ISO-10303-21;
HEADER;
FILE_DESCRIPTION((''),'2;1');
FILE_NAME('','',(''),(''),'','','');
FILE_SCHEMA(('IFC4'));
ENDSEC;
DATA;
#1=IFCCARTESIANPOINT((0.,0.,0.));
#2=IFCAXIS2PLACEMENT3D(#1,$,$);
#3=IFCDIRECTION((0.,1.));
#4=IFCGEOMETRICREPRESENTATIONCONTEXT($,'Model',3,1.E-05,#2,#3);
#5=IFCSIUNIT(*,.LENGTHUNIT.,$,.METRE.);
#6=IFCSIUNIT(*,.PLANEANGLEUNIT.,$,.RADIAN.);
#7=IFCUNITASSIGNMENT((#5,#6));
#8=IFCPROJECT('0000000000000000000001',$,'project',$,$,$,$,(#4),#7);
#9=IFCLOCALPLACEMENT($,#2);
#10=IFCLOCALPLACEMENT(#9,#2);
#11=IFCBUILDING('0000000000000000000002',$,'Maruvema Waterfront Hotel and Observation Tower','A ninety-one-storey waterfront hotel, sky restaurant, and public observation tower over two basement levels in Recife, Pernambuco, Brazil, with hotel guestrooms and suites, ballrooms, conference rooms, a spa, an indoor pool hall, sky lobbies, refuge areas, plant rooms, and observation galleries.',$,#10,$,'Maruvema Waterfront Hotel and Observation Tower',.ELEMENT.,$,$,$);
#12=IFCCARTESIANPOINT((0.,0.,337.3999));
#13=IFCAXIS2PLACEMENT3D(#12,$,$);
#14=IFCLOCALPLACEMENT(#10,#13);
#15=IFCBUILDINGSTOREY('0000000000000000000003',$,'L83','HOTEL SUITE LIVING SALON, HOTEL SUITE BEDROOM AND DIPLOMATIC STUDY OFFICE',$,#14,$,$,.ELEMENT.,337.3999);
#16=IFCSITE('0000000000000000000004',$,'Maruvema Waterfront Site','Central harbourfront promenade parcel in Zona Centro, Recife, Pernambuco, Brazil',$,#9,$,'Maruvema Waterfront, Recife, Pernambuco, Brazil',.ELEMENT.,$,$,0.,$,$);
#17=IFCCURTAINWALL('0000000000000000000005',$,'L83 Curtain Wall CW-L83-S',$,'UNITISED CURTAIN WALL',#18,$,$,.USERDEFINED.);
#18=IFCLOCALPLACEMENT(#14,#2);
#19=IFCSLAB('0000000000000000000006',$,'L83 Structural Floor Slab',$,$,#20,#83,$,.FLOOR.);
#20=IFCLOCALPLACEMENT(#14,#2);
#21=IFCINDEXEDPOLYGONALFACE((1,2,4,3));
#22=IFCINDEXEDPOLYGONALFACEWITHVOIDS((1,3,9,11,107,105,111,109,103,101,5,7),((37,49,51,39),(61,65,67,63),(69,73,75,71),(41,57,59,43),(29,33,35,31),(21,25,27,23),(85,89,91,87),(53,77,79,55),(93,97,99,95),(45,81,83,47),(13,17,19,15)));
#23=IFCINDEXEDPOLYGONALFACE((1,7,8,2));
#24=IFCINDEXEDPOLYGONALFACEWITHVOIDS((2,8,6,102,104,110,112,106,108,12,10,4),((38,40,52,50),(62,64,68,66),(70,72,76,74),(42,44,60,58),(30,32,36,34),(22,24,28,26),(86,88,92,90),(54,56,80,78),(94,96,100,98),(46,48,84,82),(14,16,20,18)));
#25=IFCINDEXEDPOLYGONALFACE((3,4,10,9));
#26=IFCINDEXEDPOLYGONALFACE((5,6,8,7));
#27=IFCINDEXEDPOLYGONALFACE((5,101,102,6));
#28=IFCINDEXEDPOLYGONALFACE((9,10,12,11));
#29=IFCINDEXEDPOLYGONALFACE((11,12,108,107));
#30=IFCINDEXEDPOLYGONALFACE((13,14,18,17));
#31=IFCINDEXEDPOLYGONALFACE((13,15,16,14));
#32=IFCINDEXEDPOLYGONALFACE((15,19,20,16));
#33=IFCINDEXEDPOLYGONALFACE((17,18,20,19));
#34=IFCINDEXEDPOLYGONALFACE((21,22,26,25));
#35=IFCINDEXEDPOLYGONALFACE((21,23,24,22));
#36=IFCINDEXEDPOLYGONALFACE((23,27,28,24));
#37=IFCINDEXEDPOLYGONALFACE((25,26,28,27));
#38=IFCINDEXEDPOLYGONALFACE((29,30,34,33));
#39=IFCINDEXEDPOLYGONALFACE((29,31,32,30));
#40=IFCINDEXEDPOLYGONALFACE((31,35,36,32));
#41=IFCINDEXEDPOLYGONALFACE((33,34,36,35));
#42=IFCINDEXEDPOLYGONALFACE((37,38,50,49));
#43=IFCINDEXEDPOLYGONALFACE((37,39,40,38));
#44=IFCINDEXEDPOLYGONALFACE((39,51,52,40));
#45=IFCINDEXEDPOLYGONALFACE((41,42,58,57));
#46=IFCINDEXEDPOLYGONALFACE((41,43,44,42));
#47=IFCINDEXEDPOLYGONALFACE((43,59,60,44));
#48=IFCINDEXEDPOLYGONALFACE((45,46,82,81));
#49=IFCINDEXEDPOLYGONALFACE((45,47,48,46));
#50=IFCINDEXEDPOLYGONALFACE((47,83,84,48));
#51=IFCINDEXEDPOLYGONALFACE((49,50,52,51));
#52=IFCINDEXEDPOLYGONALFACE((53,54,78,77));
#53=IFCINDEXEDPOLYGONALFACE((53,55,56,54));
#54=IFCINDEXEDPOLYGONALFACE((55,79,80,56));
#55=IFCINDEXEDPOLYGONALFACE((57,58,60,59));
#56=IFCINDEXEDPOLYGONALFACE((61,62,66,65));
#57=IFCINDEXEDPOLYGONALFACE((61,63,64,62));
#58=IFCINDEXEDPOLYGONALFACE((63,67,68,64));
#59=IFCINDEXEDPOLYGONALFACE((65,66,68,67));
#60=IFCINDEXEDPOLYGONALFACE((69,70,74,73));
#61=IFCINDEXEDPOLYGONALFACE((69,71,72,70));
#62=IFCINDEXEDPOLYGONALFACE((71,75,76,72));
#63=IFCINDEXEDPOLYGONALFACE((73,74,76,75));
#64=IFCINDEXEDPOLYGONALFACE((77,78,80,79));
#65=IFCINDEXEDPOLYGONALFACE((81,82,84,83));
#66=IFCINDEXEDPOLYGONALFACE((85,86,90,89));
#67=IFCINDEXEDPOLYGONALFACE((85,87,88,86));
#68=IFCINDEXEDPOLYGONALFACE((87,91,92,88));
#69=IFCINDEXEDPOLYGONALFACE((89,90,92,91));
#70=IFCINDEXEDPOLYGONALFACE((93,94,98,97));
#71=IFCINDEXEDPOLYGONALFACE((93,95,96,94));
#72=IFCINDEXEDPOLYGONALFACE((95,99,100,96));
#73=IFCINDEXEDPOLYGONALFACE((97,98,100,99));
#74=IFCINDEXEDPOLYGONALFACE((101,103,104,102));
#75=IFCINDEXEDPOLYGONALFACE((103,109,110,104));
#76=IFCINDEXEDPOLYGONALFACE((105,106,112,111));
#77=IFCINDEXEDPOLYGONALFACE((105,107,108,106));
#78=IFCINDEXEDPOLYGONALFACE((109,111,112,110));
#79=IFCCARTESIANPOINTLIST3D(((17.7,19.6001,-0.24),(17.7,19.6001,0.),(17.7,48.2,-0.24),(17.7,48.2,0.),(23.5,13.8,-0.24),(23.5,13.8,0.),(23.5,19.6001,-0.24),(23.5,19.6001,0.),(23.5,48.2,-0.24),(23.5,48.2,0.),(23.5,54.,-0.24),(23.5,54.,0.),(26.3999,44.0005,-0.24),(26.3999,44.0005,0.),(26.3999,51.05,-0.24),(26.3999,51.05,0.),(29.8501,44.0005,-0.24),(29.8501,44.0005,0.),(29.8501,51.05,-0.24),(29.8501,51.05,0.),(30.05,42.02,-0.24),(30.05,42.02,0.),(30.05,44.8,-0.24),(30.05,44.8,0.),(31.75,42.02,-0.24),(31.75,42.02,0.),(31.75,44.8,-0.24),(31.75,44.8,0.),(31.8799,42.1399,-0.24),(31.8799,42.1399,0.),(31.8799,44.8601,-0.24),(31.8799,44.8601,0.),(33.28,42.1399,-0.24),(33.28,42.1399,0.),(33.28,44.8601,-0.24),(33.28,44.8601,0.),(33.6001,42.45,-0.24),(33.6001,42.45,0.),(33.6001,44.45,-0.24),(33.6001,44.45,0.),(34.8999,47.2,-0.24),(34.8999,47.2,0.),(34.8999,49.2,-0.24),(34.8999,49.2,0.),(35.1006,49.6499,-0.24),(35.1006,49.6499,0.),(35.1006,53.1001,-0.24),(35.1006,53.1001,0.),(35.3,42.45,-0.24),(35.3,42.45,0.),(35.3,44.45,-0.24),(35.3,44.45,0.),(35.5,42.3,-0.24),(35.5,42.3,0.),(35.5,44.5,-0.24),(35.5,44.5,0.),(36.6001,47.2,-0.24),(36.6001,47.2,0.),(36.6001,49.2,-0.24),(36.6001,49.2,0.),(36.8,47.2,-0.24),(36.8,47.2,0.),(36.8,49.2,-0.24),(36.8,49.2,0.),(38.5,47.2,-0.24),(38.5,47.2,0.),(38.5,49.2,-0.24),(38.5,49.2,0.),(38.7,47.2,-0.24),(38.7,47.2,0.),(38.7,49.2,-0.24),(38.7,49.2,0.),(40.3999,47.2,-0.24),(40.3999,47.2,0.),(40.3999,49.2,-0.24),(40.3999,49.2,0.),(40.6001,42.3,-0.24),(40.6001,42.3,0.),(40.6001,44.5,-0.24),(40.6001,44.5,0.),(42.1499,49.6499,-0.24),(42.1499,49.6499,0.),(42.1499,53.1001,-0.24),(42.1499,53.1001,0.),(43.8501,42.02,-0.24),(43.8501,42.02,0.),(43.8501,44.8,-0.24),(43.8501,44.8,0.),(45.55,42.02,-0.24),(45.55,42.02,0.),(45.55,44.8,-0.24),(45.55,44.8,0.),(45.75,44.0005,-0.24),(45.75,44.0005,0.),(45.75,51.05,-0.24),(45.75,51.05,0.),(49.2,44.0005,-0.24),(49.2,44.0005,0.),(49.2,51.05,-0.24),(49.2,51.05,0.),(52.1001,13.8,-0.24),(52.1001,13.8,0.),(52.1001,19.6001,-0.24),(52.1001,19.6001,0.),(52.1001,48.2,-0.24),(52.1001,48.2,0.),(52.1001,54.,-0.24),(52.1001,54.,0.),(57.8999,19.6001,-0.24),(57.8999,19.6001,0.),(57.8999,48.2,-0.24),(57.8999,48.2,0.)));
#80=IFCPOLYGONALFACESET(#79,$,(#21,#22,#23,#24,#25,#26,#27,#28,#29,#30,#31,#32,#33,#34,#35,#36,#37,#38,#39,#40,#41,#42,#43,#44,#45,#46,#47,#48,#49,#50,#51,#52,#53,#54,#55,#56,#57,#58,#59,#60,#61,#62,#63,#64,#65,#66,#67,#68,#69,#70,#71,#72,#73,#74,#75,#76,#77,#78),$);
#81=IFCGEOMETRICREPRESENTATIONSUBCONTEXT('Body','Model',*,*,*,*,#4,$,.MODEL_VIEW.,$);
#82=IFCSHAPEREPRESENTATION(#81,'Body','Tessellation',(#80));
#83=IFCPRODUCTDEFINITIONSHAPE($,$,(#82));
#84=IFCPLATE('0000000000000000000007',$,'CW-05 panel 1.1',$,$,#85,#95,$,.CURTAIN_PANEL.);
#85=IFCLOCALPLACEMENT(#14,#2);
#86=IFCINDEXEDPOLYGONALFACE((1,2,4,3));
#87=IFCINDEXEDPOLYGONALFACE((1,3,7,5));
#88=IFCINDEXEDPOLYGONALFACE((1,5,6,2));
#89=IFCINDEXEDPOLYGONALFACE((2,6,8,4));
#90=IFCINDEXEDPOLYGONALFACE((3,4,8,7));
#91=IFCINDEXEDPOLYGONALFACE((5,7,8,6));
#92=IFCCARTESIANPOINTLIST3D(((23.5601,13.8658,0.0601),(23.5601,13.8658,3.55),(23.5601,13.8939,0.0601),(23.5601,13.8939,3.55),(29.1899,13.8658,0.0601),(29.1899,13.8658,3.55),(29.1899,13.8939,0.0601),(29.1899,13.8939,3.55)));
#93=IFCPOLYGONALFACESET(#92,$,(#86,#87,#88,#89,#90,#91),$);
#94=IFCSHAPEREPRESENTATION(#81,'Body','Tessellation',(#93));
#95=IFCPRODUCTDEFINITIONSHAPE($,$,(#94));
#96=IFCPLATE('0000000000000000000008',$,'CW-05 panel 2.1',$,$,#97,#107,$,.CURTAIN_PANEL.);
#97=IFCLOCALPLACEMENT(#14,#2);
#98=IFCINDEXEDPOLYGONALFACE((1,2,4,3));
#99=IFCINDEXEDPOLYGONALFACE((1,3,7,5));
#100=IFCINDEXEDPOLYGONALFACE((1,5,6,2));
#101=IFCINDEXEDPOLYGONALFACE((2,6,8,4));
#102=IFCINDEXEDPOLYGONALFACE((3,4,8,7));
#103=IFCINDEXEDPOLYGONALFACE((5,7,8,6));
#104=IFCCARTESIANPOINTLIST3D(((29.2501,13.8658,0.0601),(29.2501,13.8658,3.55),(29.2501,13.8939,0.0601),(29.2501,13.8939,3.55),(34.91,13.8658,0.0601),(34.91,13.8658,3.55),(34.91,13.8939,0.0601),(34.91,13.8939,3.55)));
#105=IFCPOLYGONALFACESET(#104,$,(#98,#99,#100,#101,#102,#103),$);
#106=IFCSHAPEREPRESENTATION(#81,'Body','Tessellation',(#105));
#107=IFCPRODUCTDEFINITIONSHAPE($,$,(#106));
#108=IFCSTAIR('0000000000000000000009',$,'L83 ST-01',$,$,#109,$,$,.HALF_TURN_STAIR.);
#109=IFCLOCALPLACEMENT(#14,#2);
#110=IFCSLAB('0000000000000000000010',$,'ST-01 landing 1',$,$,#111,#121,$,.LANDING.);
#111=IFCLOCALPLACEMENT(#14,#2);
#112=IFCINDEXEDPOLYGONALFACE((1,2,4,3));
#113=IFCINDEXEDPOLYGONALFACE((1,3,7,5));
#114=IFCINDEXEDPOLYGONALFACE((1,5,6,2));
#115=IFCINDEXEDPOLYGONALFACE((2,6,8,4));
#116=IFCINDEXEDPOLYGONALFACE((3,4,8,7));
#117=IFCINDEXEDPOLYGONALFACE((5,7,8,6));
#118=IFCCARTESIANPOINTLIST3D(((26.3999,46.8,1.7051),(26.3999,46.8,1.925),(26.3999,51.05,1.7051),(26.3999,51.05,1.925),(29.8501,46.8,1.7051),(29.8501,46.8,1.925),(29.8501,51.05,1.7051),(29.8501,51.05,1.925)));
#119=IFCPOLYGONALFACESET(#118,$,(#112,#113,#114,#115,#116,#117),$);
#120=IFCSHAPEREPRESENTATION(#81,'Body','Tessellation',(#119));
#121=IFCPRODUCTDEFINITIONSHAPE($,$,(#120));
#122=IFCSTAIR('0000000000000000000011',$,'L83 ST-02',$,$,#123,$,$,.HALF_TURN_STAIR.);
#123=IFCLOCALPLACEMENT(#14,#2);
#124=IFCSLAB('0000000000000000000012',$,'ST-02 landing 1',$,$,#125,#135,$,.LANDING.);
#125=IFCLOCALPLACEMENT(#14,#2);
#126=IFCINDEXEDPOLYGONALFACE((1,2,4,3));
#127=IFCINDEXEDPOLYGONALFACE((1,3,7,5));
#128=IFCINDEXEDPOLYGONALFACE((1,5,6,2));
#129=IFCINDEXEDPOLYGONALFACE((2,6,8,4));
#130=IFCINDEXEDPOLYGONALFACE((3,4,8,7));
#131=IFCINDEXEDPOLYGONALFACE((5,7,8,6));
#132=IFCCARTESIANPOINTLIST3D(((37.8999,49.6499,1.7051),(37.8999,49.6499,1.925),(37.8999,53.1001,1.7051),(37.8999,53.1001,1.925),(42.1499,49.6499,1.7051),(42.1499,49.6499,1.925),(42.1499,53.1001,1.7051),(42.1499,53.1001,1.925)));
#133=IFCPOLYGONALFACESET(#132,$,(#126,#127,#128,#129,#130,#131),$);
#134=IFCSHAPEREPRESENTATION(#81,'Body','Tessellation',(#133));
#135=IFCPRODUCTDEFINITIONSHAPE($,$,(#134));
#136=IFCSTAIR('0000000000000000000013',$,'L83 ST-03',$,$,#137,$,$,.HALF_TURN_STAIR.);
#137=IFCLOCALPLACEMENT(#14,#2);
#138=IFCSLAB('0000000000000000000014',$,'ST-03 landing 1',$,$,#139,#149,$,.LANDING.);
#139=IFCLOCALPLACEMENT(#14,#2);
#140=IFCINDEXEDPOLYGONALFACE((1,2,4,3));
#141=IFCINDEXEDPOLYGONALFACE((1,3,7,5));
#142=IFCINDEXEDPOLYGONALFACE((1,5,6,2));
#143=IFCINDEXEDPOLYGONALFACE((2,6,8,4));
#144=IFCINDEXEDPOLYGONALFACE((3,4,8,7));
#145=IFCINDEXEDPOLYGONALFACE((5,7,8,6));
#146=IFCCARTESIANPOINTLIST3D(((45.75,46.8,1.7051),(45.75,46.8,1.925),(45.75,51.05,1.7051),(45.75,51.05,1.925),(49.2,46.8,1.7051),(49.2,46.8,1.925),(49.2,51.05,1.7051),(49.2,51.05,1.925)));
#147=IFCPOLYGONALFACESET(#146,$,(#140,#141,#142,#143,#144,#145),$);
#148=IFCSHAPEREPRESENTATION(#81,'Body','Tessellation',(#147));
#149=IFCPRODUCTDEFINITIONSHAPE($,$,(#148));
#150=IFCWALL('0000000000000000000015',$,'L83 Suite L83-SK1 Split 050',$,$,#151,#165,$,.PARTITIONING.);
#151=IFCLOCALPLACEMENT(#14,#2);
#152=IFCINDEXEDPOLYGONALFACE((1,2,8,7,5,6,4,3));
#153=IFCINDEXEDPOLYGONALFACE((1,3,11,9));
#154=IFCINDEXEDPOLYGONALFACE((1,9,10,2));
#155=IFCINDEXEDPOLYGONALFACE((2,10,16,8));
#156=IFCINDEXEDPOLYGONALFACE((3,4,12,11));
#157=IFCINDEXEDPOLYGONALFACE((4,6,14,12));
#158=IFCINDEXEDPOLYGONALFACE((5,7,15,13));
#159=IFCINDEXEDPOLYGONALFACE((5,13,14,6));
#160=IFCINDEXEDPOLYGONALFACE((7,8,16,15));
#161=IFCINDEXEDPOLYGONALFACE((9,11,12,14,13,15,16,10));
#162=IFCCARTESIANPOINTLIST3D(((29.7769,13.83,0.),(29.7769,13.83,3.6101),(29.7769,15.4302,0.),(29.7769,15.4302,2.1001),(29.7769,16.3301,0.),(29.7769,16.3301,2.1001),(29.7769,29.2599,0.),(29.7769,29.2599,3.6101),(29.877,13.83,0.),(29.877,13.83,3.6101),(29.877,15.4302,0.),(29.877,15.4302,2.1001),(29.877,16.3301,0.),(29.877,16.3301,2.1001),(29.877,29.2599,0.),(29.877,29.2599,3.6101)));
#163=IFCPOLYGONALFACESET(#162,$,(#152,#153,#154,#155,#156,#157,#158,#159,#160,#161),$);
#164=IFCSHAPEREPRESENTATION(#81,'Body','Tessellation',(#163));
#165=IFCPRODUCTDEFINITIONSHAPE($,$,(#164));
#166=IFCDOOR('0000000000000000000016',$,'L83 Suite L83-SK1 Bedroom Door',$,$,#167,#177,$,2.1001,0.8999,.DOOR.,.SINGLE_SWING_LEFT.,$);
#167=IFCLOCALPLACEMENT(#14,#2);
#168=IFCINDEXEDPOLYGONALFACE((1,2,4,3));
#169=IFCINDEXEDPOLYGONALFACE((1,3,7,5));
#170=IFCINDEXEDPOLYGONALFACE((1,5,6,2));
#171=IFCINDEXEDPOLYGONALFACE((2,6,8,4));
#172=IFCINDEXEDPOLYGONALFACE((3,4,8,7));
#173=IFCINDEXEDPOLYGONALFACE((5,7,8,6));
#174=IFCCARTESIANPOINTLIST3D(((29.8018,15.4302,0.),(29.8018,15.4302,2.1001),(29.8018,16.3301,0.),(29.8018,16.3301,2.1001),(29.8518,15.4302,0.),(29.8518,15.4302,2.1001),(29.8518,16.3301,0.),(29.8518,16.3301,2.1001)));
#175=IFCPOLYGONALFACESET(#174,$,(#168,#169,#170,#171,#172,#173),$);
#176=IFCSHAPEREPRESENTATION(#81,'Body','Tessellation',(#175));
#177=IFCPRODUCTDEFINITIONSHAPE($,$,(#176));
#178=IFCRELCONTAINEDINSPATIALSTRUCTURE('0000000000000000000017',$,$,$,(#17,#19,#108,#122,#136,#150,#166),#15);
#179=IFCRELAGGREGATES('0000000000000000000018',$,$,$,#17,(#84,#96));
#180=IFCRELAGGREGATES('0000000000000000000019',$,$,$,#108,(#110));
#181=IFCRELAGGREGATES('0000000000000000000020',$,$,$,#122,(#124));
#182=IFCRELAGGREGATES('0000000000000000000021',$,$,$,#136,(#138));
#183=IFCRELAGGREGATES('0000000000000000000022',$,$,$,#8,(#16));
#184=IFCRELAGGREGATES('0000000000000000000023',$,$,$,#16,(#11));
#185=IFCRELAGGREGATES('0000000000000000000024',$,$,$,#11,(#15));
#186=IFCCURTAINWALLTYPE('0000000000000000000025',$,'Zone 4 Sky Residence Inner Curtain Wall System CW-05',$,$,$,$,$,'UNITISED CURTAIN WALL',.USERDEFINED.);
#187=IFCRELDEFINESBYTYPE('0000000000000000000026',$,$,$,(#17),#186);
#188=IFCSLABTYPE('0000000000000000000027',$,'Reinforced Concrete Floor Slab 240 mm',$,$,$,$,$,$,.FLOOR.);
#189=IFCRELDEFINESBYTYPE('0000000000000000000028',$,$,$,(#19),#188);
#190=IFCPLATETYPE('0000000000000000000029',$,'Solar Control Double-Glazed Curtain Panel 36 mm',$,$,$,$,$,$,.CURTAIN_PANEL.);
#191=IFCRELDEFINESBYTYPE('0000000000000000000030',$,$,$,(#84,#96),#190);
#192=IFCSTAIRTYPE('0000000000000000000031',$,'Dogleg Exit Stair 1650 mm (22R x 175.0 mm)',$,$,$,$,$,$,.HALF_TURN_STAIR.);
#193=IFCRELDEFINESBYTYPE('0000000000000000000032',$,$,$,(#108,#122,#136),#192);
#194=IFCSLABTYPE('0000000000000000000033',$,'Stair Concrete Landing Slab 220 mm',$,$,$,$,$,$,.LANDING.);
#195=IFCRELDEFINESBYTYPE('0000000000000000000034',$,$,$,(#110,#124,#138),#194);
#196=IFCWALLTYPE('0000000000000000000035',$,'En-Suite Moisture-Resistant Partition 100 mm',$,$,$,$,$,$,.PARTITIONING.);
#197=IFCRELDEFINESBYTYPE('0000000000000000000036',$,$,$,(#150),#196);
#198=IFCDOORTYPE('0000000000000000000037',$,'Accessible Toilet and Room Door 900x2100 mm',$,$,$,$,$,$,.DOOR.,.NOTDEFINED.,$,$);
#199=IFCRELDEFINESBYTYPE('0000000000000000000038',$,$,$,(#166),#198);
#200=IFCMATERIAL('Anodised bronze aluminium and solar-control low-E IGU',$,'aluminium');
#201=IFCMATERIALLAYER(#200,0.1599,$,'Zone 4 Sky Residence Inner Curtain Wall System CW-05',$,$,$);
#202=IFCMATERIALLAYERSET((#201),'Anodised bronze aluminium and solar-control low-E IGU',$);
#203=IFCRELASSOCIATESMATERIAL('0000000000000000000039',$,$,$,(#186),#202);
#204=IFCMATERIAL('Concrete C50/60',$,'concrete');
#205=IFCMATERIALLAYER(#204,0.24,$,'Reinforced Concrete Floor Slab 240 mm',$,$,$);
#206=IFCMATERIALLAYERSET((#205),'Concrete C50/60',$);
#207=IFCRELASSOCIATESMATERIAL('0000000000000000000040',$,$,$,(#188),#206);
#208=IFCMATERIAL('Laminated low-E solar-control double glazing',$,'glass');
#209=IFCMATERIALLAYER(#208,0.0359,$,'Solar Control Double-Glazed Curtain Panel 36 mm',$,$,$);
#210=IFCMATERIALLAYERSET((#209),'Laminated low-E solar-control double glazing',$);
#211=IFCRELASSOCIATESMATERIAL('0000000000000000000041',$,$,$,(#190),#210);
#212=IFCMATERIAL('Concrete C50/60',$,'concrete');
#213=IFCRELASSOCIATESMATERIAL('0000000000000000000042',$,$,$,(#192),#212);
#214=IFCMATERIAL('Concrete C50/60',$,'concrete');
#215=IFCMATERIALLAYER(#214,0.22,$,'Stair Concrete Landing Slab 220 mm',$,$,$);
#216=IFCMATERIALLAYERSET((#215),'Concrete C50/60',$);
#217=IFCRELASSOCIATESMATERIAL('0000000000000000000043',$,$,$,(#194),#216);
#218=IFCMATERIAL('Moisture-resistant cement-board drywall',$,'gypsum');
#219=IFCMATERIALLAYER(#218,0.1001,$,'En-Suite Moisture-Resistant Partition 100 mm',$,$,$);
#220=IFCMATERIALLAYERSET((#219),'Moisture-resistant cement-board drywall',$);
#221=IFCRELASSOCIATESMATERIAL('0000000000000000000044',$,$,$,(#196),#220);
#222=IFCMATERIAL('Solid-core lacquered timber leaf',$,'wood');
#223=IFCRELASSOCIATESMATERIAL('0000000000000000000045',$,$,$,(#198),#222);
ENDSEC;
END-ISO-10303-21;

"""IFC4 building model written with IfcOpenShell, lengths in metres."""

from ifc_helpers import new_model, si_unit, direction, frame, frame_2d, origin, origin_2d, place, context, subcontext, project, spatial, polyline, rectangle, outline, extrude, material, layer, layer_set, type_object, element, fill, aggregate, save


model = new_model("IFC4")

# Units and contexts
model_context = context("Model", 3, precision=1e-05, world=origin(), true_north=direction((0.0, 1.0)))
body_context = subcontext(model_context, "Body", "Model", "MODEL_VIEW")
ifc_project = project(units=[si_unit("LENGTHUNIT", "METRE"), si_unit("PLANEANGLEUNIT", "RADIAN")], contexts=[model_context])

# Site, building, storey
site_placement = place(None, origin())
site = spatial("IfcSite", under=ifc_project, at=site_placement, Name="Maruvema Waterfront Site", Description="Central harbourfront promenade parcel in Zona Centro, Recife, Pernambuco, Brazil", LongName="Maruvema Waterfront, Recife, Pernambuco, Brazil", CompositionType="ELEMENT", RefElevation=0.0)
building_placement = place(site_placement, origin())
building = spatial("IfcBuilding", under=site, at=building_placement, Name="Maruvema Waterfront Hotel and Observation Tower", Description="A ninety-one-storey waterfront hotel, sky restaurant, and public observation tower over two basement levels in Recife, Pernambuco, Brazil, with hotel guestrooms and suites, ballrooms, conference rooms, a spa, an indoor pool hall, sky lobbies, refuge areas, plant rooms, and observation galleries.", LongName="Maruvema Waterfront Hotel and Observation Tower", CompositionType="ELEMENT")
storey_placement = place(building_placement, frame((0.0, 0.0, 337.3999)))
storey = spatial("IfcBuildingStorey", under=building, at=storey_placement, Name="L83", Description="HOTEL SUITE LIVING SALON, HOTEL SUITE BEDROOM AND DIPLOMATIC STUDY OFFICE", CompositionType="ELEMENT", Elevation=337.3999)

# Curtain wall
ifc_material_1 = material(Name="Anodised bronze aluminium and solar-control low-E IGU", Category="aluminium")
ifc_layer_1 = layer(ifc_material_1, 0.1599, Name="Zone 4 Sky Residence Inner Curtain Wall System CW-05")
ifc_layer_set_1 = layer_set([ifc_layer_1], Name="Anodised bronze aluminium and solar-control low-E IGU")
curtain_wall_type = type_object("IfcCurtainWallType", Name="Zone 4 Sky Residence Inner Curtain Wall System CW-05", ElementType="UNITISED CURTAIN WALL", PredefinedType="USERDEFINED", material=ifc_layer_set_1)
curtain_wall_1_placement = place(storey_placement, origin())
curtain_wall_1 = element("IfcCurtainWall", 1, at=curtain_wall_1_placement, inside=storey, type_object=curtain_wall_type, Name="L83 Curtain Wall CW-L83-S", ObjectType="UNITISED CURTAIN WALL", PredefinedType="USERDEFINED")

# Slab
ifc_material_2 = material(Name="Concrete C50/60", Category="concrete")
ifc_layer_2 = layer(ifc_material_2, 0.24, Name="Reinforced Concrete Floor Slab 240 mm")
ifc_layer_set_2 = layer_set([ifc_layer_2], Name="Concrete C50/60")
slab_type_1 = type_object("IfcSlabType", Name="Reinforced Concrete Floor Slab 240 mm", PredefinedType="FLOOR", material=ifc_layer_set_2)
slab_1_placement = place(storey_placement, frame((0.0, 0.0, -0.24)))
element("IfcSlab", 2, at=slab_1_placement, inside=storey, type_object=slab_type_1, Name="L83 Structural Floor Slab", PredefinedType="FLOOR", context=body_context, shape_type="SweptSolid", body=[
    extrude(outline(polyline([(23.5, 13.8), (52.1001, 13.8), (52.1001, 19.6001), (57.8999, 19.6001), (57.8999, 48.2), (52.1001, 48.2), (52.1001, 54.0), (23.5, 54.0), (23.5, 48.2), (17.7, 48.2), (17.7, 19.6001), (23.5, 19.6001), (23.5, 13.8)]), holes=[polyline([(26.3999, 44.0005), (26.3999, 51.05), (29.8501, 51.05), (29.8501, 44.0005), (26.3999, 44.0005)]), polyline([(30.05, 44.8), (31.75, 44.8), (31.75, 42.02), (30.05, 42.02), (30.05, 44.8)]), polyline([(31.8799, 42.1399), (31.8799, 44.8601), (33.28, 44.8601), (33.28, 42.1399), (31.8799, 42.1399)]), polyline([(33.6001, 44.45), (35.3, 44.45), (35.3, 42.45), (33.6001, 42.45), (33.6001, 44.45)]), polyline([(34.8999, 49.2), (36.6001, 49.2), (36.6001, 47.2), (34.8999, 47.2), (34.8999, 49.2)]), polyline([(36.8, 47.2), (36.8, 49.2), (38.5, 49.2), (38.5, 47.2), (36.8, 47.2)]), polyline([(35.5, 42.3), (35.5, 44.5), (40.6001, 44.5), (40.6001, 42.3), (35.5, 42.3)]), polyline([(35.1006, 53.1001), (42.1499, 53.1001), (42.1499, 49.6499), (35.1006, 49.6499), (35.1006, 53.1001)]), polyline([(38.7, 49.2), (40.3999, 49.2), (40.3999, 47.2), (38.7, 47.2), (38.7, 49.2)]), polyline([(43.8501, 44.8), (45.55, 44.8), (45.55, 42.02), (43.8501, 42.02), (43.8501, 44.8)]), polyline([(45.75, 44.0005), (45.75, 51.05), (49.2, 51.05), (49.2, 44.0005), (45.75, 44.0005)])]), origin(), (0.0, 0.0, 1.0), 0.24),
])

# Plates
ifc_material_3 = material(Name="Laminated low-E solar-control double glazing", Category="glass")
ifc_layer_3 = layer(ifc_material_3, 0.0359, Name="Solar Control Double-Glazed Curtain Panel 36 mm")
ifc_layer_set_3 = layer_set([ifc_layer_3], Name="Laminated low-E solar-control double glazing")
plate_type = type_object("IfcPlateType", Name="Solar Control Double-Glazed Curtain Panel 36 mm", PredefinedType="CURTAIN_PANEL", material=ifc_layer_set_3)
plate_1_placement = place(storey_placement, frame((26.375, 13.8799, 0.0601), z_axis=(0.0, 0.0, 1.0), x_axis=(1.0, 0.0, 0.0)))
plate_1 = element("IfcPlate", 3, at=plate_1_placement, type_object=plate_type, Name="CW-05 panel 1.1", PredefinedType="CURTAIN_PANEL", context=body_context, shape_type="SweptSolid", body=[
    extrude(rectangle(XDim=5.6299, YDim=0.0281, at=origin_2d()), origin(), (0.0, 0.0, 1.0), 3.49),
])
plate_2_placement = place(storey_placement, frame((32.0801, 13.8799, 0.0601), z_axis=(0.0, 0.0, 1.0), x_axis=(1.0, 0.0, 0.0)))
plate_2 = element("IfcPlate", 4, at=plate_2_placement, type_object=plate_type, Name="CW-05 panel 2.1", PredefinedType="CURTAIN_PANEL", context=body_context, shape_type="SweptSolid", body=[
    extrude(rectangle(XDim=5.6599, YDim=0.0281, at=origin_2d()), origin(), (0.0, 0.0, 1.0), 3.49),
])
aggregate(curtain_wall_1, [plate_1, plate_2])

# Stairs, slabs
ifc_material_4 = material(Name="Concrete C50/60", Category="concrete")
stair_type = type_object("IfcStairType", Name="Dogleg Exit Stair 1650 mm (22R x 175.0 mm)", PredefinedType="HALF_TURN_STAIR", material=ifc_material_4)
stair_1_placement = place(storey_placement, origin())
stair_1 = element("IfcStair", 5, at=stair_1_placement, inside=storey, type_object=stair_type, Name="L83 ST-01", PredefinedType="HALF_TURN_STAIR")
ifc_material_5 = material(Name="Concrete C50/60", Category="concrete")
ifc_layer_4 = layer(ifc_material_5, 0.22, Name="Stair Concrete Landing Slab 220 mm")
ifc_layer_set_4 = layer_set([ifc_layer_4], Name="Concrete C50/60")
slab_type_2 = type_object("IfcSlabType", Name="Stair Concrete Landing Slab 220 mm", PredefinedType="LANDING", material=ifc_layer_set_4)
slab_2_placement = place(storey_placement, frame((0.0, 0.0, 1.7051)))
slab_2 = element("IfcSlab", 6, at=slab_2_placement, type_object=slab_type_2, Name="ST-01 landing 1", PredefinedType="LANDING", context=body_context, shape_type="SweptSolid", body=[
    extrude(outline(polyline([(29.8501, 46.8), (29.8501, 51.05), (26.3999, 51.05), (26.3999, 46.8), (29.8501, 46.8)])), origin(), (0.0, 0.0, 1.0), 0.22),
])
aggregate(stair_1, [slab_2])
stair_2_placement = place(storey_placement, origin())
stair_2 = element("IfcStair", 7, at=stair_2_placement, inside=storey, type_object=stair_type, Name="L83 ST-02", PredefinedType="HALF_TURN_STAIR")
slab_3_placement = place(storey_placement, frame((0.0, 0.0, 1.7051)))
slab_3 = element("IfcSlab", 8, at=slab_3_placement, type_object=slab_type_2, Name="ST-02 landing 1", PredefinedType="LANDING", context=body_context, shape_type="SweptSolid", body=[
    extrude(outline(polyline([(37.8999, 49.6499), (42.1499, 49.6499), (42.1499, 53.1001), (37.8999, 53.1001), (37.8999, 49.6499)])), origin(), (0.0, 0.0, 1.0), 0.22),
])
aggregate(stair_2, [slab_3])
stair_3_placement = place(storey_placement, origin())
stair_3 = element("IfcStair", 9, at=stair_3_placement, inside=storey, type_object=stair_type, Name="L83 ST-03", PredefinedType="HALF_TURN_STAIR")
slab_4_placement = place(storey_placement, frame((0.0, 0.0, 1.7051)))
slab_4 = element("IfcSlab", 10, at=slab_4_placement, type_object=slab_type_2, Name="ST-03 landing 1", PredefinedType="LANDING", context=body_context, shape_type="SweptSolid", body=[
    extrude(outline(polyline([(49.2, 46.8), (49.2, 51.05), (45.75, 51.05), (45.75, 46.8), (49.2, 46.8)])), origin(), (0.0, 0.0, 1.0), 0.22),
])
aggregate(stair_3, [slab_4])

# Wall, opening, door
ifc_material_6 = material(Name="Moisture-resistant cement-board drywall", Category="gypsum")
ifc_layer_5 = layer(ifc_material_6, 0.1001, Name="En-Suite Moisture-Resistant Partition 100 mm")
ifc_layer_set_5 = layer_set([ifc_layer_5], Name="Moisture-resistant cement-board drywall")
wall_type_1 = type_object("IfcWallType", Name="En-Suite Moisture-Resistant Partition 100 mm", PredefinedType="PARTITIONING", material=ifc_layer_set_5)
wall_1_placement = place(storey_placement, frame((29.8269, 13.8301, 0.0), z_axis=(0.0, 0.0, 1.0), x_axis=(0.0, 1.0, 0.0)))
wall_1 = element("IfcWall", 11, at=wall_1_placement, inside=storey, type_object=wall_type_1, Name="L83 Suite L83-SK1 Split 050", PredefinedType="PARTITIONING", context=body_context, shape_type="SweptSolid", body=[
    extrude(rectangle(XDim=15.4299, YDim=0.1001, at=frame_2d((7.7148, 0.0))), origin(), (0.0, 0.0, 1.0), 3.6101),
])
opening_1_placement = place(wall_1_placement, frame((1.6001, 0.0, 0.0)))
opening_1 = element("IfcOpeningElement", 12, at=opening_1_placement, cuts=wall_1, PredefinedType="OPENING", context=body_context, shape_type="SweptSolid", body=[
    extrude(rectangle(XDim=0.8999, YDim=2.1001, at=frame_2d((0.45, 1.05))), frame((0.0, 0.0601, 0.0), z_axis=(0.0, -1.0, 0.0), x_axis=(1.0, 0.0, 0.0)), (0.0, 0.0, 1.0), 0.1201),
])
ifc_material_7 = material(Name="Solid-core lacquered timber leaf", Category="wood")
door_type = type_object("IfcDoorType", Name="Accessible Toilet and Room Door 900x2100 mm", OperationType="NOTDEFINED", PredefinedType="DOOR", material=ifc_material_7)
door_placement = place(opening_1_placement, frame((0.8999, 0.0, 0.0), z_axis=(0.0, 0.0, 1.0), x_axis=(-1.0, 0.0, 0.0)))
door = element("IfcDoor", 13, at=door_placement, inside=storey, type_object=door_type, Name="L83 Suite L83-SK1 Bedroom Door", OperationType="SINGLE_SWING_LEFT", OverallHeight=2.1001, OverallWidth=0.8999, PredefinedType="DOOR", context=body_context, shape_type="SweptSolid", body=[
    extrude(rectangle(XDim=0.8999, YDim=2.1001, at=frame_2d((0.45, 1.05))), frame((0.0, 0.0249, 0.0), z_axis=(0.0, -1.0, 0.0), x_axis=(1.0, 0.0, 0.0)), (0.0, 0.0, 1.0), 0.05),
])
fill(opening_1, door)

save(model, "model.ifc")
